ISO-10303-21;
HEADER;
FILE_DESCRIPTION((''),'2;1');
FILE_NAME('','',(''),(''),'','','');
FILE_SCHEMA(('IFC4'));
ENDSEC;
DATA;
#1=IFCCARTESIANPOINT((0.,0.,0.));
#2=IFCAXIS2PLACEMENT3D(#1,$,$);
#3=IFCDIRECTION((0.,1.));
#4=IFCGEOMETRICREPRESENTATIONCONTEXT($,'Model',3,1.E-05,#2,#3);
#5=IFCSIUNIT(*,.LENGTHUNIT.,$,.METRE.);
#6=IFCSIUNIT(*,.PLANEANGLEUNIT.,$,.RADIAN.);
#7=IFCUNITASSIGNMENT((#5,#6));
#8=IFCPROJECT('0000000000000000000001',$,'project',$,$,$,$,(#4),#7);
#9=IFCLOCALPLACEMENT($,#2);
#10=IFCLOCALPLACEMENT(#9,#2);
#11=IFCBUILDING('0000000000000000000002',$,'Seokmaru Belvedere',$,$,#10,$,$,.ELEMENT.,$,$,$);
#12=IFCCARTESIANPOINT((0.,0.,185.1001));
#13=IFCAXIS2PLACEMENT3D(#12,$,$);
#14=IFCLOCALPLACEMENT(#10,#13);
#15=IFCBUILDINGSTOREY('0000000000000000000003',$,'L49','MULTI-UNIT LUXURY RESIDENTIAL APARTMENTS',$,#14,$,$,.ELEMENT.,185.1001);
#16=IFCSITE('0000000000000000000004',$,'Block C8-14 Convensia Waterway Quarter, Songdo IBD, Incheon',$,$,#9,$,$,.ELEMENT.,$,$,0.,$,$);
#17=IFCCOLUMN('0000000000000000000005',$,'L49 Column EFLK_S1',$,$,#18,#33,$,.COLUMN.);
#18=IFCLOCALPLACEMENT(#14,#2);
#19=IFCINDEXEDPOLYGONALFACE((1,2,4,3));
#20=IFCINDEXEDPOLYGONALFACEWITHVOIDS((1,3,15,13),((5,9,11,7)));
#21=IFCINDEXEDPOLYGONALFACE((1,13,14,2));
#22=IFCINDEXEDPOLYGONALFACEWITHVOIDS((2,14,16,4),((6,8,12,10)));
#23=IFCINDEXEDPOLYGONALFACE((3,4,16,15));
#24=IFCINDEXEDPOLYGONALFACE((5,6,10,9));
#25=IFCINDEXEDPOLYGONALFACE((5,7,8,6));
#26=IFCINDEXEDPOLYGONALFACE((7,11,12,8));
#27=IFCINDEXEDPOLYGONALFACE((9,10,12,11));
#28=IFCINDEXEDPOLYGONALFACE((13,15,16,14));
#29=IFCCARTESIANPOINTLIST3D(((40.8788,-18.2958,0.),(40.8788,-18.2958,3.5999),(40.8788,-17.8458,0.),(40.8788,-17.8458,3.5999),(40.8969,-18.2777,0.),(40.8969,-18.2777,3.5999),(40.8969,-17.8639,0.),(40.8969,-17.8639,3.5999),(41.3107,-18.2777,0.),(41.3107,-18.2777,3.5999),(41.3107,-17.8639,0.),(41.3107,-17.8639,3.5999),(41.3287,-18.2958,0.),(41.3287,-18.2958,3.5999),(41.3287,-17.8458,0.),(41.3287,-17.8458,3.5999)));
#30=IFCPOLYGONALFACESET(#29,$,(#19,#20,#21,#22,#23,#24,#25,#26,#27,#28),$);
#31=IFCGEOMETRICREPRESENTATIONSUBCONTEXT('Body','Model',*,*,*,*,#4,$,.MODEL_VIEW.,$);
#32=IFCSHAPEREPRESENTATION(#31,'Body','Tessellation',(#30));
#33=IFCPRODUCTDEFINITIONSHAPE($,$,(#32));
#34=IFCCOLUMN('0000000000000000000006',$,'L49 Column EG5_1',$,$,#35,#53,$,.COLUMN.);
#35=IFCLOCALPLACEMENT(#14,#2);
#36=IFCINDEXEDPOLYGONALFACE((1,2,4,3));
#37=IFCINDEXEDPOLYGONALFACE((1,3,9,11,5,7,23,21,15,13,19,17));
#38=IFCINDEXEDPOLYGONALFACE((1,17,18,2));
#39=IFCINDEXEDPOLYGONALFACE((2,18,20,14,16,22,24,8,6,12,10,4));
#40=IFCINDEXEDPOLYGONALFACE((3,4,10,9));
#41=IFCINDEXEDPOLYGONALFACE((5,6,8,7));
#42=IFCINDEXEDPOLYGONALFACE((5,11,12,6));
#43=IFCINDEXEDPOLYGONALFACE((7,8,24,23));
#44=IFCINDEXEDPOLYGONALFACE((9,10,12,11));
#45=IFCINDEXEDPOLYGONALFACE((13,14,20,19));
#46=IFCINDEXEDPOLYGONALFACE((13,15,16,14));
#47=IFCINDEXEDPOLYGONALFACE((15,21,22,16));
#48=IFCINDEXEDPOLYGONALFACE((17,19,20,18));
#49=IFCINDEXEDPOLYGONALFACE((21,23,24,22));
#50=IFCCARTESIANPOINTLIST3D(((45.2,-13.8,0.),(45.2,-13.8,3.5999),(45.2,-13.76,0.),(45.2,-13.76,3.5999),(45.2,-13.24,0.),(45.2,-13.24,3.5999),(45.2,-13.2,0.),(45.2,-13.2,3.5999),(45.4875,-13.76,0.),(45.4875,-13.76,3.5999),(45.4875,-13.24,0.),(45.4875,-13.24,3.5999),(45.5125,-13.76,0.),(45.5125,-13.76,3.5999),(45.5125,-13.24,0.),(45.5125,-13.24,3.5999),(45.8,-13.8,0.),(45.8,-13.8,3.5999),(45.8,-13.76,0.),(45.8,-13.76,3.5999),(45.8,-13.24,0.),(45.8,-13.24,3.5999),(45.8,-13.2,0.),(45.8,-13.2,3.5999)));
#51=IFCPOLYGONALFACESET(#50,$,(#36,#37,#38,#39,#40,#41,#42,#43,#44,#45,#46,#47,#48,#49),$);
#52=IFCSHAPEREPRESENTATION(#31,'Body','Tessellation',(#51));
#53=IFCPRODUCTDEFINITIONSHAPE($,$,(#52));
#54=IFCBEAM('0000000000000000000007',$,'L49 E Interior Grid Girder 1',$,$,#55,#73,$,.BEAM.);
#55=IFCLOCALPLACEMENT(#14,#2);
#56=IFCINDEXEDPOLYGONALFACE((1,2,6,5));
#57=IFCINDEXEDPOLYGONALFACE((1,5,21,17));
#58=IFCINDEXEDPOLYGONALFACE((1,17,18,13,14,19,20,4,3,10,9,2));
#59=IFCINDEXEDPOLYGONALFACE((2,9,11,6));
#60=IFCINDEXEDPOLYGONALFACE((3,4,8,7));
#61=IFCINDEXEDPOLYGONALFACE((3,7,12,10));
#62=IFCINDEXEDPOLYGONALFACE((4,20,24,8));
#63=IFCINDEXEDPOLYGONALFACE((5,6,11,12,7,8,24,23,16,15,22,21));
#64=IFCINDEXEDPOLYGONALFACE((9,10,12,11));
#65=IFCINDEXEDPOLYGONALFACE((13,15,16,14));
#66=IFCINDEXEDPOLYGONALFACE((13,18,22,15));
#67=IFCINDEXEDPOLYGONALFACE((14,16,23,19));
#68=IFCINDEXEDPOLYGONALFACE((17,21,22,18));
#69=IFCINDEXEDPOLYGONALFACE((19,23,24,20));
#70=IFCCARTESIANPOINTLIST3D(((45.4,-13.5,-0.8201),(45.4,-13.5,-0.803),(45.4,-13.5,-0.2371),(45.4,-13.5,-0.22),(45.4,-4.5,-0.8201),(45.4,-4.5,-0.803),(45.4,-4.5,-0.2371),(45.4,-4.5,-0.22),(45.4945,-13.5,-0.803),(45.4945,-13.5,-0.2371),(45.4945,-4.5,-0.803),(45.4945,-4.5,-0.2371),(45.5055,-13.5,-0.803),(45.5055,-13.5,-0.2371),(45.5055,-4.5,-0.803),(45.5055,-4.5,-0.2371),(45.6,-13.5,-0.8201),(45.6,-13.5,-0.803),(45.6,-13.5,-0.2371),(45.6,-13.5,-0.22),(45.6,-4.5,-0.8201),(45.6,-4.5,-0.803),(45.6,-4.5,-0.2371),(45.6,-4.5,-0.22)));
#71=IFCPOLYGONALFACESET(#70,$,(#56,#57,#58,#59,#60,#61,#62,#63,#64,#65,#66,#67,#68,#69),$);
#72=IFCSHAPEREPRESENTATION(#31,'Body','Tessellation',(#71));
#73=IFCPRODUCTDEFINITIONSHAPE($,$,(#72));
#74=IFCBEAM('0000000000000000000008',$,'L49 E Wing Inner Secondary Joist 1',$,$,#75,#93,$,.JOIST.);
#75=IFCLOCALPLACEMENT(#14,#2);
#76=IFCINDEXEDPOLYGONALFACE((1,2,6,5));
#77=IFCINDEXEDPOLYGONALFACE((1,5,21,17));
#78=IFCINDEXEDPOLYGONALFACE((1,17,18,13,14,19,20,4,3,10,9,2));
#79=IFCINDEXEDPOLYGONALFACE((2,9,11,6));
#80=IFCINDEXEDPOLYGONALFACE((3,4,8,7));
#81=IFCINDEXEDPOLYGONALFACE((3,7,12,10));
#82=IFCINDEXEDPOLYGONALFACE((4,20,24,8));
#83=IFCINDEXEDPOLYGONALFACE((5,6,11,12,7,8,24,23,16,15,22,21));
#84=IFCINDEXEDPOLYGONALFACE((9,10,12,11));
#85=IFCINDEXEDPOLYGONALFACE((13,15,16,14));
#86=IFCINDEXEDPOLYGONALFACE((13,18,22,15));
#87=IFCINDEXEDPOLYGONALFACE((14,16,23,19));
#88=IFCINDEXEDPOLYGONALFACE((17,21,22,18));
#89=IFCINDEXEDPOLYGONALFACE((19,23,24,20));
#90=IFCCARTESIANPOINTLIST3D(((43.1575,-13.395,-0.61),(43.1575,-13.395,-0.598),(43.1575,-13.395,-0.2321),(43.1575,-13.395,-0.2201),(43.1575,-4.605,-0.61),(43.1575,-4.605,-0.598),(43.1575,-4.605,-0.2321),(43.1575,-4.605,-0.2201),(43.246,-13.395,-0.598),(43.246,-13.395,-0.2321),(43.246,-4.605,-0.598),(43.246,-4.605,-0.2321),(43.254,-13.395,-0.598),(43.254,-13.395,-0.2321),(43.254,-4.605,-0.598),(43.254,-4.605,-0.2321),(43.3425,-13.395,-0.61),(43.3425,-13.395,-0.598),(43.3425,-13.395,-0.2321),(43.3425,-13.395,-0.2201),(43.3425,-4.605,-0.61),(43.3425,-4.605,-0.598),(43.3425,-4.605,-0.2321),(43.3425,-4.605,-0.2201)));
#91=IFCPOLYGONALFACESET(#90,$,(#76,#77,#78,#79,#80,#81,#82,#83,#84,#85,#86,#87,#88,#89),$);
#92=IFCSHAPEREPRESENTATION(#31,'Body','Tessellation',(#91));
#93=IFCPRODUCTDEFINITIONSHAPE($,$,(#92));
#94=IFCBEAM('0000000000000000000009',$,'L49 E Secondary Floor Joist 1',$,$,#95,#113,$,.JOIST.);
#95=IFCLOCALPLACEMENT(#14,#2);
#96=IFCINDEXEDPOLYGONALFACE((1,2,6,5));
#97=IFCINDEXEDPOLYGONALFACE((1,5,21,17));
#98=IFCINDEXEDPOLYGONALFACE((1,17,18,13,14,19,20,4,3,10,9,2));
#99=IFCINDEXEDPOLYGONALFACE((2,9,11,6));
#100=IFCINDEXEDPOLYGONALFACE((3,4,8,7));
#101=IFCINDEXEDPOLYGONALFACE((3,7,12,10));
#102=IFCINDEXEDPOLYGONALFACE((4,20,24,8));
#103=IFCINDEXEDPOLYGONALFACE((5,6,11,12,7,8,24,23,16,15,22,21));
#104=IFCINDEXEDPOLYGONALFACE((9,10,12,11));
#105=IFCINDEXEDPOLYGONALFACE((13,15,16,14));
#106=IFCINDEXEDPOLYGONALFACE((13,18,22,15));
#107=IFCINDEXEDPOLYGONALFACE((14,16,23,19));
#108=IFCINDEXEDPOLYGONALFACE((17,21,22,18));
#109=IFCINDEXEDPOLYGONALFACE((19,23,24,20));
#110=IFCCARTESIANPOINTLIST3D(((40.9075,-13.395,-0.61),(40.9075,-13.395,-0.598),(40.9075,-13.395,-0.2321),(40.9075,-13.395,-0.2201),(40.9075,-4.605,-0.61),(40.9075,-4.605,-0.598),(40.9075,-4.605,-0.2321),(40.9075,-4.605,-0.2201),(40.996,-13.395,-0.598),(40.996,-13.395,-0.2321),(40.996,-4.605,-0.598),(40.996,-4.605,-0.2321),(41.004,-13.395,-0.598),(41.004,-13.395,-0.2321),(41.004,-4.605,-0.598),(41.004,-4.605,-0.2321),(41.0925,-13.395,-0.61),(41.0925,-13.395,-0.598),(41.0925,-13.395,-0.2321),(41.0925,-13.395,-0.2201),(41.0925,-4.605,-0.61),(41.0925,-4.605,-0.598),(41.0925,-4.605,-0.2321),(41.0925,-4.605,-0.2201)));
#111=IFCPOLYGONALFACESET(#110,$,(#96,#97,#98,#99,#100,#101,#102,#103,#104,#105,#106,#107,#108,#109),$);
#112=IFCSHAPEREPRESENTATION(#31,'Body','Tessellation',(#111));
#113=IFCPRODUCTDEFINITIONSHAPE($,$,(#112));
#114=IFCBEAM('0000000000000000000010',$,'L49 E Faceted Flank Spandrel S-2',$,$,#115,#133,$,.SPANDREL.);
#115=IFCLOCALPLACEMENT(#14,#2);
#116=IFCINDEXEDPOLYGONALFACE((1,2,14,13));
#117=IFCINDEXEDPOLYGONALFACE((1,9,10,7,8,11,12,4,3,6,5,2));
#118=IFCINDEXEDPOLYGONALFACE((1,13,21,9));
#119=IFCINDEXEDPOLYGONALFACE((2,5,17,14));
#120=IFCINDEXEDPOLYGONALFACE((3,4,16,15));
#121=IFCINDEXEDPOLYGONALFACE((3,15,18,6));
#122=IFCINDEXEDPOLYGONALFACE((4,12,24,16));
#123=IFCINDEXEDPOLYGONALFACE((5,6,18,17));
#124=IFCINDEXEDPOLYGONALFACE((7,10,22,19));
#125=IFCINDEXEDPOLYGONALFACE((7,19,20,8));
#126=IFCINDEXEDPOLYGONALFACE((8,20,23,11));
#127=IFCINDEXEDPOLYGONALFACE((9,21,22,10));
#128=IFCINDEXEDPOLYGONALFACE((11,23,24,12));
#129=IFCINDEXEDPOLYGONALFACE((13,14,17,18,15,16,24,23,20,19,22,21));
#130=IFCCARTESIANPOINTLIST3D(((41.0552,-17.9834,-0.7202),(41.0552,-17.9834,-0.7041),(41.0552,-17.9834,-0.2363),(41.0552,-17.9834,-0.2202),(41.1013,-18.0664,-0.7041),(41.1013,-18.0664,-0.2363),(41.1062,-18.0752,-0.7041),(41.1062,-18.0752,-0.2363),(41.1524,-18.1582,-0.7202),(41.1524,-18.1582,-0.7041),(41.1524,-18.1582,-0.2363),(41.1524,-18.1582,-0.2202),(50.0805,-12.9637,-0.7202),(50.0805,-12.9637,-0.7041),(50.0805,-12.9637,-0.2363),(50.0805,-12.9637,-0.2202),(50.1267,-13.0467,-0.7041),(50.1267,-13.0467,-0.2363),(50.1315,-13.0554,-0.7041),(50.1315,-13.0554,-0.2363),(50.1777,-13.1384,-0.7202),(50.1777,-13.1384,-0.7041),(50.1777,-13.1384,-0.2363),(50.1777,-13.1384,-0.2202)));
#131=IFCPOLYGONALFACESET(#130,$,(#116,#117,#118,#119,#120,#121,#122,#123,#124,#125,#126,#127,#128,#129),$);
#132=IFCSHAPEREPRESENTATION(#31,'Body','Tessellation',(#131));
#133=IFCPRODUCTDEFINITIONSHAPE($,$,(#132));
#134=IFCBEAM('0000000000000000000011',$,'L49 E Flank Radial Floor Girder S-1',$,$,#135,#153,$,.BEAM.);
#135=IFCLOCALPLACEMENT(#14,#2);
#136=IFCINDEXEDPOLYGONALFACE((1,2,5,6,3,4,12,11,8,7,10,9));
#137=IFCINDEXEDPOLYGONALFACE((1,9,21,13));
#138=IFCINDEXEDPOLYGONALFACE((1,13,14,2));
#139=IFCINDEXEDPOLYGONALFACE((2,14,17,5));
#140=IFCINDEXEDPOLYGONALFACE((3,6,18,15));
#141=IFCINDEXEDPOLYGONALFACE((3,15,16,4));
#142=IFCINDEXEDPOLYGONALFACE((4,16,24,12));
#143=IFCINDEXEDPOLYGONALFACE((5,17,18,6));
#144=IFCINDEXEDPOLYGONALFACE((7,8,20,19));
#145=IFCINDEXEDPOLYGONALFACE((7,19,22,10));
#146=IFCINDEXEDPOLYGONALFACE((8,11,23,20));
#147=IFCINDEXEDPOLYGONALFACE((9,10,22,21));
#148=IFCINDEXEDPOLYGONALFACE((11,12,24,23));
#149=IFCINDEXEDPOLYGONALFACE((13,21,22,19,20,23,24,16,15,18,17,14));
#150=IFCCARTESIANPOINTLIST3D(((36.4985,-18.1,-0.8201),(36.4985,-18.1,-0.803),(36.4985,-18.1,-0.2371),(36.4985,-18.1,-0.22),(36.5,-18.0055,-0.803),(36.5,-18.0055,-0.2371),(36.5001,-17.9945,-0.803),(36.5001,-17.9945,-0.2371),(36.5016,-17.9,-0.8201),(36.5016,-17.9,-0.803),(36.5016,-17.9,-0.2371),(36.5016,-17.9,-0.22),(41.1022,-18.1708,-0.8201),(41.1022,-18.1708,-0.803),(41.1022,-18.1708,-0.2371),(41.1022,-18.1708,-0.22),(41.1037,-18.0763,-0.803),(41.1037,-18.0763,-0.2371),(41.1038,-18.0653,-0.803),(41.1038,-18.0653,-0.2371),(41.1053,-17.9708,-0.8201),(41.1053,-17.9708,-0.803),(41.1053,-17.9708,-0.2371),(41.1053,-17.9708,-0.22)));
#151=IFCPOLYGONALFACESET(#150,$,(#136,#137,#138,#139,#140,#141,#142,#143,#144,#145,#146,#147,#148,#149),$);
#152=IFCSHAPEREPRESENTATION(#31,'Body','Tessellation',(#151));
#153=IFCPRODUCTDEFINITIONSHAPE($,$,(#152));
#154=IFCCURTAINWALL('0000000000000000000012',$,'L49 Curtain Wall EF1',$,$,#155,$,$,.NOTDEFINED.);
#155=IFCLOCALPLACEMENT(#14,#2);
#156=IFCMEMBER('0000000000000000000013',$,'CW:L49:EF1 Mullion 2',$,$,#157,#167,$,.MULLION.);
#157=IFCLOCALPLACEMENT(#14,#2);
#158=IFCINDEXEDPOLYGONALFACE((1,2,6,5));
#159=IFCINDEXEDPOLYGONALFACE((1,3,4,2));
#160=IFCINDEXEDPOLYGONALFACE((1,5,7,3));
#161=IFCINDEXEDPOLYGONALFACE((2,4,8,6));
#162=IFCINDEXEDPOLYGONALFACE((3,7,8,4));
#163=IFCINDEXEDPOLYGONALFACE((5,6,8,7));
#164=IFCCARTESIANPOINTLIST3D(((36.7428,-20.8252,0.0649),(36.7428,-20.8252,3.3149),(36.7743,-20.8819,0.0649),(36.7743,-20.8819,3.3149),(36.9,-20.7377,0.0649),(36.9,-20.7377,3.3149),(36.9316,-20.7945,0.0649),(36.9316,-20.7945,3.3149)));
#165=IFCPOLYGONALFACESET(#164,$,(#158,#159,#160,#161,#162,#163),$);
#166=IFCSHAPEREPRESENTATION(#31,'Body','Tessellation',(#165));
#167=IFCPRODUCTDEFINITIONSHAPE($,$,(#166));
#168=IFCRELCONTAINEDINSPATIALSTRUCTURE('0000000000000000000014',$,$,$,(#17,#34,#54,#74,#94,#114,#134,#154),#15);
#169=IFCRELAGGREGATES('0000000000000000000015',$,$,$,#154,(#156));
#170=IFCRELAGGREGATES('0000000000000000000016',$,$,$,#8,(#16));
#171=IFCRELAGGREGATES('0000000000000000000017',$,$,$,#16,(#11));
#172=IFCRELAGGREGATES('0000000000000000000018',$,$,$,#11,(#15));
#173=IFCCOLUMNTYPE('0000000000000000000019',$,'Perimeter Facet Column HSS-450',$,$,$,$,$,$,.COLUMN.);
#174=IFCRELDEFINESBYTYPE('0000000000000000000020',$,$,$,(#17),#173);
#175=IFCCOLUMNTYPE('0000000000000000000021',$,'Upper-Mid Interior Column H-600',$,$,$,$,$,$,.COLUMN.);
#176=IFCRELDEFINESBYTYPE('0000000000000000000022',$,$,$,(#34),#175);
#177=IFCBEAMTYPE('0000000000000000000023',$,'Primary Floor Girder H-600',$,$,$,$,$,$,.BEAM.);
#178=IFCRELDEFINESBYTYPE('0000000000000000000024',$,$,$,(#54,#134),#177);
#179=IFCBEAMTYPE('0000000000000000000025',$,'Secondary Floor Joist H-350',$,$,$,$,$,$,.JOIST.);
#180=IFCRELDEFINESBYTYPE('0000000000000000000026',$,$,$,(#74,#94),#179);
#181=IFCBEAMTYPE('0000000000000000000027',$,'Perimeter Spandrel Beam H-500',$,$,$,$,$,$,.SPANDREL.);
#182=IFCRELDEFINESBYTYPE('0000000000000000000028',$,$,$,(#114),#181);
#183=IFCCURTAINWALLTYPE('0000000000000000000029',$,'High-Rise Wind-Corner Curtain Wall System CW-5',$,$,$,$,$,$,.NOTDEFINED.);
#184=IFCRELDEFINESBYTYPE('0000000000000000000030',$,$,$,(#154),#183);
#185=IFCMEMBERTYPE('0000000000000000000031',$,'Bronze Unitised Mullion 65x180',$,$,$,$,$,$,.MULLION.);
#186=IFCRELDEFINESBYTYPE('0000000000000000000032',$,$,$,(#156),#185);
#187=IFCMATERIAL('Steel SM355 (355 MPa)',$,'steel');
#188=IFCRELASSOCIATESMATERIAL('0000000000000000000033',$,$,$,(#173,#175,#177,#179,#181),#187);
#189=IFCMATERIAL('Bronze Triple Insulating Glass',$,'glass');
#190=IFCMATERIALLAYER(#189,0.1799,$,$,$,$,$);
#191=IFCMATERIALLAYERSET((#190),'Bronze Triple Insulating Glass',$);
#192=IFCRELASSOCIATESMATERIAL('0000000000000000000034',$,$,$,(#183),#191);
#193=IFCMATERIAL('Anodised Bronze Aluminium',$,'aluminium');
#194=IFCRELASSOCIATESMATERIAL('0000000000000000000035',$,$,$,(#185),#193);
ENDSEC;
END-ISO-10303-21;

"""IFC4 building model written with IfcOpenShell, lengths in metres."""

from ifc_helpers import new_model, si_unit, direction, frame, origin, origin_2d, place, context, subcontext, project, spatial, rectangle, hollow_rectangle, i_section, extrude, source, transform, mapped, material, layer, layer_set, material_profile, profile_set, type_object, type_shapes, element, aggregate, save


model = new_model("IFC4")

# Units and contexts
model_context = context("Model", 3, precision=1e-05, world=origin(), true_north=direction((0.0, 1.0)))
body_context = subcontext(model_context, "Body", "Model", "MODEL_VIEW")
ifc_project = project(units=[si_unit("LENGTHUNIT", "METRE"), si_unit("PLANEANGLEUNIT", "RADIAN")], contexts=[model_context])

# Site, building, storey
site_placement = place(None, origin())
site = spatial("IfcSite", under=ifc_project, at=site_placement, Name="Block C8-14 Convensia Waterway Quarter, Songdo IBD, Incheon", CompositionType="ELEMENT", RefElevation=0.0)
building_placement = place(site_placement, origin())
building = spatial("IfcBuilding", under=site, at=building_placement, Name="Seokmaru Belvedere", CompositionType="ELEMENT")
storey_placement = place(building_placement, frame((0.0, 0.0, 185.1001)))
storey = spatial("IfcBuildingStorey", under=building, at=storey_placement, Name="L49", Description="MULTI-UNIT LUXURY RESIDENTIAL APARTMENTS", CompositionType="ELEMENT", Elevation=185.1001)

# Columns
ifc_material_1 = material(Name="Steel SM355 (355 MPa)", Category="steel")
ifc_material_profile_1 = material_profile(ifc_material_1, hollow_rectangle(XDim=0.45, YDim=0.45, WallThickness=0.0181, at=origin_2d()), Name="HSS-450x450x18")
ifc_profile_set_1 = profile_set([ifc_material_profile_1], Name="Steel SM355 (355 MPa)")
column_type_1 = type_object("IfcColumnType", Name="Perimeter Facet Column HSS-450", PredefinedType="COLUMN", material=ifc_profile_set_1)
shared_shape_1 = source(origin(), body_context, "Body", "SweptSolid", [
    extrude(hollow_rectangle(XDim=0.45, YDim=0.45, WallThickness=0.0181, at=origin_2d()), origin(), (0.0, 0.0, 1.0), 3.5999),
])
type_shapes(column_type_1, [shared_shape_1])
column_1_placement = place(storey_placement, frame((41.1038, -18.0708, 0.0), z_axis=(0.0, 0.0, 1.0), x_axis=(1.0, 0.0, 0.0)))
element("IfcColumn", 1, at=column_1_placement, inside=storey, type_object=column_type_1, Name="L49 Column EFLK_S1", PredefinedType="COLUMN", context=body_context, shape_type="MappedRepresentation", body=[
    mapped(shared_shape_1, transform((0.0, 0.0, 0.0), scale=1.0)),
])
ifc_material_profile_2 = material_profile(ifc_material_1, i_section(OverallWidth=0.6001, OverallDepth=0.6001, WebThickness=0.0249, FlangeThickness=0.04, at=origin_2d()), Name="H-600x600x25x40")
ifc_profile_set_2 = profile_set([ifc_material_profile_2], Name="Steel SM355 (355 MPa)")
column_type_2 = type_object("IfcColumnType", Name="Upper-Mid Interior Column H-600", PredefinedType="COLUMN", material=ifc_profile_set_2)
shared_shape_2 = source(origin(), body_context, "Body", "SweptSolid", [
    extrude(i_section(OverallWidth=0.6001, OverallDepth=0.6001, WebThickness=0.0249, FlangeThickness=0.04, at=origin_2d()), origin(), (0.0, 0.0, 1.0), 3.5999),
])
type_shapes(column_type_2, [shared_shape_2])
column_2_placement = place(storey_placement, frame((45.5, -13.5, 0.0), z_axis=(0.0, 0.0, 1.0), x_axis=(1.0, 0.0, 0.0)))
element("IfcColumn", 2, at=column_2_placement, inside=storey, type_object=column_type_2, Name="L49 Column EG5_1", PredefinedType="COLUMN", context=body_context, shape_type="MappedRepresentation", body=[
    mapped(shared_shape_2, transform((0.0, 0.0, 0.0), scale=1.0)),
])

# Beams
ifc_material_profile_3 = material_profile(ifc_material_1, i_section(OverallWidth=0.2, OverallDepth=0.6001, WebThickness=0.011, FlangeThickness=0.0171, at=origin_2d()), Name="H-600x200x11x17")
ifc_profile_set_3 = profile_set([ifc_material_profile_3], Name="Steel SM355 (355 MPa)")
beam_type_1 = type_object("IfcBeamType", Name="Primary Floor Girder H-600", PredefinedType="BEAM", material=ifc_profile_set_3)
shared_shape_3 = source(origin(), body_context, "Body", "SweptSolid", [
    extrude(i_section(OverallWidth=0.2, OverallDepth=0.6001, WebThickness=0.011, FlangeThickness=0.0171, at=origin_2d()), origin(), (0.0, 0.0, 1.0), 9.0),
])
beam_1_placement = place(storey_placement, frame((45.5, -13.5, -0.52), z_axis=(0.0, 1.0, 0.0), x_axis=(-1.0, 0.0, 0.0)))
element("IfcBeam", 3, at=beam_1_placement, inside=storey, type_object=beam_type_1, Name="L49 E Interior Grid Girder 1", PredefinedType="BEAM", context=body_context, shape_type="MappedRepresentation", body=[
    mapped(shared_shape_3, transform((0.0, 0.0, 0.0), scale=1.0)),
])
ifc_material_profile_4 = material_profile(ifc_material_1, i_section(OverallWidth=0.1851, OverallDepth=0.3899, WebThickness=0.0081, FlangeThickness=0.012, at=origin_2d()), Name="H-390x185x8x12")
ifc_profile_set_4 = profile_set([ifc_material_profile_4], Name="Steel SM355 (355 MPa)")
beam_type_2 = type_object("IfcBeamType", Name="Secondary Floor Joist H-350", PredefinedType="JOIST", material=ifc_profile_set_4)
shared_shape_4 = source(origin(), body_context, "Body", "SweptSolid", [
    extrude(i_section(OverallWidth=0.1851, OverallDepth=0.3899, WebThickness=0.0081, FlangeThickness=0.012, at=origin_2d()), origin(), (0.0, 0.0, 1.0), 8.79),
])
type_shapes(beam_type_2, [shared_shape_4])
for number, where, z_axis, x_axis, name in (
    (4, (43.25, -13.395, -0.415), (0.0, 1.0, 0.0), (-1.0, 0.0, 0.0), "L49 E Wing Inner Secondary Joist 1"),
    (5, (41.0, -13.395, -0.415), (0.0, 1.0, 0.0), (-1.0, 0.0, 0.0), "L49 E Secondary Floor Joist 1"),
):
    element("IfcBeam", number, at=place(storey_placement, frame(where, z_axis=z_axis, x_axis=x_axis)), inside=storey, type_object=beam_type_2, Name=name, PredefinedType="JOIST", context=body_context, shape_type="MappedRepresentation", body=[
        mapped(shared_shape_4, transform((0.0, 0.0, 0.0), scale=1.0)),
    ])
ifc_material_profile_5 = material_profile(ifc_material_1, i_section(OverallWidth=0.2, OverallDepth=0.5, WebThickness=0.01, FlangeThickness=0.0161, at=origin_2d()), Name="H-500x200x10x16")
ifc_profile_set_5 = profile_set([ifc_material_profile_5], Name="Steel SM355 (355 MPa)")
beam_type_3 = type_object("IfcBeamType", Name="Perimeter Spandrel Beam H-500", PredefinedType="SPANDREL", material=ifc_profile_set_5)
shared_shape_5 = source(origin(), body_context, "Body", "SweptSolid", [
    extrude(i_section(OverallWidth=0.2, OverallDepth=0.5, WebThickness=0.01, FlangeThickness=0.0161, at=origin_2d()), origin(), (0.0, 0.0, 1.0), 10.3274),
])
type_shapes(beam_type_3, [shared_shape_5])
beam_2_placement = place(storey_placement, frame((41.1038, -18.0708, -0.4702), z_axis=(0.873924, 0.486062, 0.0), x_axis=(-0.486062, 0.873924, 0.0)))
element("IfcBeam", 6, at=beam_2_placement, inside=storey, type_object=beam_type_3, Name="L49 E Faceted Flank Spandrel S-2", PredefinedType="SPANDREL", context=body_context, shape_type="MappedRepresentation", body=[
    mapped(shared_shape_5, transform((0.0, 0.0, 0.0), scale=1.0)),
])
shared_shape_6 = source(origin(), body_context, "Body", "SweptSolid", [
    extrude(i_section(OverallWidth=0.2, OverallDepth=0.6001, WebThickness=0.011, FlangeThickness=0.0171, at=origin_2d()), origin(), (0.0, 0.0, 1.0), 4.6042),
])
type_shapes(beam_type_1, [shared_shape_3, shared_shape_6])
beam_3_placement = place(storey_placement, frame((41.1038, -18.0708, -0.52), z_axis=(-0.999882, 0.015377, 0.0), x_axis=(-0.015377, -0.999882, 0.0)))
element("IfcBeam", 7, at=beam_3_placement, inside=storey, type_object=beam_type_1, Name="L49 E Flank Radial Floor Girder S-1", PredefinedType="BEAM", context=body_context, shape_type="MappedRepresentation", body=[
    mapped(shared_shape_6, transform((0.0, 0.0, 0.0), scale=1.0)),
])

# Curtain wall, member
ifc_material_2 = material(Name="Bronze Triple Insulating Glass", Category="glass")
ifc_layer_1 = layer(ifc_material_2, 0.1799)
ifc_layer_set_1 = layer_set([ifc_layer_1], Name="Bronze Triple Insulating Glass")
curtain_wall_type = type_object("IfcCurtainWallType", Name="High-Rise Wind-Corner Curtain Wall System CW-5", PredefinedType="NOTDEFINED", material=ifc_layer_set_1)
curtain_wall_placement = place(storey_placement, origin())
curtain_wall = element("IfcCurtainWall", 8, at=curtain_wall_placement, inside=storey, type_object=curtain_wall_type, Name="L49 Curtain Wall EF1", PredefinedType="NOTDEFINED")
ifc_material_3 = material(Name="Anodised Bronze Aluminium", Category="aluminium")
ifc_material_profile_6 = material_profile(ifc_material_3, rectangle(XDim=0.0649, YDim=0.1799, at=origin_2d()), Name="CW-M-65x180")
ifc_profile_set_6 = profile_set([ifc_material_profile_6], Name="Anodised Bronze Aluminium")
member_type = type_object("IfcMemberType", Name="Bronze Unitised Mullion 65x180", PredefinedType="MULLION", material=ifc_profile_set_6)
shared_shape_7 = source(origin(), body_context, "Body", "SweptSolid", [
    extrude(rectangle(XDim=0.0649, YDim=0.1799, at=origin_2d()), origin(), (0.0, 0.0, 1.0), 3.25),
])
type_shapes(member_type, [shared_shape_7])
member_1_placement = place(storey_placement, frame((36.8372, -20.8098, 0.0649), z_axis=(0.0, 0.0, 1.0), x_axis=(-0.486047, 0.873933, 0.0)))
member_1 = element("IfcMember", 9, at=member_1_placement, type_object=member_type, Name="CW:L49:EF1 Mullion 2", PredefinedType="MULLION", context=body_context, shape_type="MappedRepresentation", body=[
    mapped(shared_shape_7, transform((0.0, 0.0, 0.0), scale=1.0)),
])
aggregate(curtain_wall, [member_1])

save(model, "model.ifc")
